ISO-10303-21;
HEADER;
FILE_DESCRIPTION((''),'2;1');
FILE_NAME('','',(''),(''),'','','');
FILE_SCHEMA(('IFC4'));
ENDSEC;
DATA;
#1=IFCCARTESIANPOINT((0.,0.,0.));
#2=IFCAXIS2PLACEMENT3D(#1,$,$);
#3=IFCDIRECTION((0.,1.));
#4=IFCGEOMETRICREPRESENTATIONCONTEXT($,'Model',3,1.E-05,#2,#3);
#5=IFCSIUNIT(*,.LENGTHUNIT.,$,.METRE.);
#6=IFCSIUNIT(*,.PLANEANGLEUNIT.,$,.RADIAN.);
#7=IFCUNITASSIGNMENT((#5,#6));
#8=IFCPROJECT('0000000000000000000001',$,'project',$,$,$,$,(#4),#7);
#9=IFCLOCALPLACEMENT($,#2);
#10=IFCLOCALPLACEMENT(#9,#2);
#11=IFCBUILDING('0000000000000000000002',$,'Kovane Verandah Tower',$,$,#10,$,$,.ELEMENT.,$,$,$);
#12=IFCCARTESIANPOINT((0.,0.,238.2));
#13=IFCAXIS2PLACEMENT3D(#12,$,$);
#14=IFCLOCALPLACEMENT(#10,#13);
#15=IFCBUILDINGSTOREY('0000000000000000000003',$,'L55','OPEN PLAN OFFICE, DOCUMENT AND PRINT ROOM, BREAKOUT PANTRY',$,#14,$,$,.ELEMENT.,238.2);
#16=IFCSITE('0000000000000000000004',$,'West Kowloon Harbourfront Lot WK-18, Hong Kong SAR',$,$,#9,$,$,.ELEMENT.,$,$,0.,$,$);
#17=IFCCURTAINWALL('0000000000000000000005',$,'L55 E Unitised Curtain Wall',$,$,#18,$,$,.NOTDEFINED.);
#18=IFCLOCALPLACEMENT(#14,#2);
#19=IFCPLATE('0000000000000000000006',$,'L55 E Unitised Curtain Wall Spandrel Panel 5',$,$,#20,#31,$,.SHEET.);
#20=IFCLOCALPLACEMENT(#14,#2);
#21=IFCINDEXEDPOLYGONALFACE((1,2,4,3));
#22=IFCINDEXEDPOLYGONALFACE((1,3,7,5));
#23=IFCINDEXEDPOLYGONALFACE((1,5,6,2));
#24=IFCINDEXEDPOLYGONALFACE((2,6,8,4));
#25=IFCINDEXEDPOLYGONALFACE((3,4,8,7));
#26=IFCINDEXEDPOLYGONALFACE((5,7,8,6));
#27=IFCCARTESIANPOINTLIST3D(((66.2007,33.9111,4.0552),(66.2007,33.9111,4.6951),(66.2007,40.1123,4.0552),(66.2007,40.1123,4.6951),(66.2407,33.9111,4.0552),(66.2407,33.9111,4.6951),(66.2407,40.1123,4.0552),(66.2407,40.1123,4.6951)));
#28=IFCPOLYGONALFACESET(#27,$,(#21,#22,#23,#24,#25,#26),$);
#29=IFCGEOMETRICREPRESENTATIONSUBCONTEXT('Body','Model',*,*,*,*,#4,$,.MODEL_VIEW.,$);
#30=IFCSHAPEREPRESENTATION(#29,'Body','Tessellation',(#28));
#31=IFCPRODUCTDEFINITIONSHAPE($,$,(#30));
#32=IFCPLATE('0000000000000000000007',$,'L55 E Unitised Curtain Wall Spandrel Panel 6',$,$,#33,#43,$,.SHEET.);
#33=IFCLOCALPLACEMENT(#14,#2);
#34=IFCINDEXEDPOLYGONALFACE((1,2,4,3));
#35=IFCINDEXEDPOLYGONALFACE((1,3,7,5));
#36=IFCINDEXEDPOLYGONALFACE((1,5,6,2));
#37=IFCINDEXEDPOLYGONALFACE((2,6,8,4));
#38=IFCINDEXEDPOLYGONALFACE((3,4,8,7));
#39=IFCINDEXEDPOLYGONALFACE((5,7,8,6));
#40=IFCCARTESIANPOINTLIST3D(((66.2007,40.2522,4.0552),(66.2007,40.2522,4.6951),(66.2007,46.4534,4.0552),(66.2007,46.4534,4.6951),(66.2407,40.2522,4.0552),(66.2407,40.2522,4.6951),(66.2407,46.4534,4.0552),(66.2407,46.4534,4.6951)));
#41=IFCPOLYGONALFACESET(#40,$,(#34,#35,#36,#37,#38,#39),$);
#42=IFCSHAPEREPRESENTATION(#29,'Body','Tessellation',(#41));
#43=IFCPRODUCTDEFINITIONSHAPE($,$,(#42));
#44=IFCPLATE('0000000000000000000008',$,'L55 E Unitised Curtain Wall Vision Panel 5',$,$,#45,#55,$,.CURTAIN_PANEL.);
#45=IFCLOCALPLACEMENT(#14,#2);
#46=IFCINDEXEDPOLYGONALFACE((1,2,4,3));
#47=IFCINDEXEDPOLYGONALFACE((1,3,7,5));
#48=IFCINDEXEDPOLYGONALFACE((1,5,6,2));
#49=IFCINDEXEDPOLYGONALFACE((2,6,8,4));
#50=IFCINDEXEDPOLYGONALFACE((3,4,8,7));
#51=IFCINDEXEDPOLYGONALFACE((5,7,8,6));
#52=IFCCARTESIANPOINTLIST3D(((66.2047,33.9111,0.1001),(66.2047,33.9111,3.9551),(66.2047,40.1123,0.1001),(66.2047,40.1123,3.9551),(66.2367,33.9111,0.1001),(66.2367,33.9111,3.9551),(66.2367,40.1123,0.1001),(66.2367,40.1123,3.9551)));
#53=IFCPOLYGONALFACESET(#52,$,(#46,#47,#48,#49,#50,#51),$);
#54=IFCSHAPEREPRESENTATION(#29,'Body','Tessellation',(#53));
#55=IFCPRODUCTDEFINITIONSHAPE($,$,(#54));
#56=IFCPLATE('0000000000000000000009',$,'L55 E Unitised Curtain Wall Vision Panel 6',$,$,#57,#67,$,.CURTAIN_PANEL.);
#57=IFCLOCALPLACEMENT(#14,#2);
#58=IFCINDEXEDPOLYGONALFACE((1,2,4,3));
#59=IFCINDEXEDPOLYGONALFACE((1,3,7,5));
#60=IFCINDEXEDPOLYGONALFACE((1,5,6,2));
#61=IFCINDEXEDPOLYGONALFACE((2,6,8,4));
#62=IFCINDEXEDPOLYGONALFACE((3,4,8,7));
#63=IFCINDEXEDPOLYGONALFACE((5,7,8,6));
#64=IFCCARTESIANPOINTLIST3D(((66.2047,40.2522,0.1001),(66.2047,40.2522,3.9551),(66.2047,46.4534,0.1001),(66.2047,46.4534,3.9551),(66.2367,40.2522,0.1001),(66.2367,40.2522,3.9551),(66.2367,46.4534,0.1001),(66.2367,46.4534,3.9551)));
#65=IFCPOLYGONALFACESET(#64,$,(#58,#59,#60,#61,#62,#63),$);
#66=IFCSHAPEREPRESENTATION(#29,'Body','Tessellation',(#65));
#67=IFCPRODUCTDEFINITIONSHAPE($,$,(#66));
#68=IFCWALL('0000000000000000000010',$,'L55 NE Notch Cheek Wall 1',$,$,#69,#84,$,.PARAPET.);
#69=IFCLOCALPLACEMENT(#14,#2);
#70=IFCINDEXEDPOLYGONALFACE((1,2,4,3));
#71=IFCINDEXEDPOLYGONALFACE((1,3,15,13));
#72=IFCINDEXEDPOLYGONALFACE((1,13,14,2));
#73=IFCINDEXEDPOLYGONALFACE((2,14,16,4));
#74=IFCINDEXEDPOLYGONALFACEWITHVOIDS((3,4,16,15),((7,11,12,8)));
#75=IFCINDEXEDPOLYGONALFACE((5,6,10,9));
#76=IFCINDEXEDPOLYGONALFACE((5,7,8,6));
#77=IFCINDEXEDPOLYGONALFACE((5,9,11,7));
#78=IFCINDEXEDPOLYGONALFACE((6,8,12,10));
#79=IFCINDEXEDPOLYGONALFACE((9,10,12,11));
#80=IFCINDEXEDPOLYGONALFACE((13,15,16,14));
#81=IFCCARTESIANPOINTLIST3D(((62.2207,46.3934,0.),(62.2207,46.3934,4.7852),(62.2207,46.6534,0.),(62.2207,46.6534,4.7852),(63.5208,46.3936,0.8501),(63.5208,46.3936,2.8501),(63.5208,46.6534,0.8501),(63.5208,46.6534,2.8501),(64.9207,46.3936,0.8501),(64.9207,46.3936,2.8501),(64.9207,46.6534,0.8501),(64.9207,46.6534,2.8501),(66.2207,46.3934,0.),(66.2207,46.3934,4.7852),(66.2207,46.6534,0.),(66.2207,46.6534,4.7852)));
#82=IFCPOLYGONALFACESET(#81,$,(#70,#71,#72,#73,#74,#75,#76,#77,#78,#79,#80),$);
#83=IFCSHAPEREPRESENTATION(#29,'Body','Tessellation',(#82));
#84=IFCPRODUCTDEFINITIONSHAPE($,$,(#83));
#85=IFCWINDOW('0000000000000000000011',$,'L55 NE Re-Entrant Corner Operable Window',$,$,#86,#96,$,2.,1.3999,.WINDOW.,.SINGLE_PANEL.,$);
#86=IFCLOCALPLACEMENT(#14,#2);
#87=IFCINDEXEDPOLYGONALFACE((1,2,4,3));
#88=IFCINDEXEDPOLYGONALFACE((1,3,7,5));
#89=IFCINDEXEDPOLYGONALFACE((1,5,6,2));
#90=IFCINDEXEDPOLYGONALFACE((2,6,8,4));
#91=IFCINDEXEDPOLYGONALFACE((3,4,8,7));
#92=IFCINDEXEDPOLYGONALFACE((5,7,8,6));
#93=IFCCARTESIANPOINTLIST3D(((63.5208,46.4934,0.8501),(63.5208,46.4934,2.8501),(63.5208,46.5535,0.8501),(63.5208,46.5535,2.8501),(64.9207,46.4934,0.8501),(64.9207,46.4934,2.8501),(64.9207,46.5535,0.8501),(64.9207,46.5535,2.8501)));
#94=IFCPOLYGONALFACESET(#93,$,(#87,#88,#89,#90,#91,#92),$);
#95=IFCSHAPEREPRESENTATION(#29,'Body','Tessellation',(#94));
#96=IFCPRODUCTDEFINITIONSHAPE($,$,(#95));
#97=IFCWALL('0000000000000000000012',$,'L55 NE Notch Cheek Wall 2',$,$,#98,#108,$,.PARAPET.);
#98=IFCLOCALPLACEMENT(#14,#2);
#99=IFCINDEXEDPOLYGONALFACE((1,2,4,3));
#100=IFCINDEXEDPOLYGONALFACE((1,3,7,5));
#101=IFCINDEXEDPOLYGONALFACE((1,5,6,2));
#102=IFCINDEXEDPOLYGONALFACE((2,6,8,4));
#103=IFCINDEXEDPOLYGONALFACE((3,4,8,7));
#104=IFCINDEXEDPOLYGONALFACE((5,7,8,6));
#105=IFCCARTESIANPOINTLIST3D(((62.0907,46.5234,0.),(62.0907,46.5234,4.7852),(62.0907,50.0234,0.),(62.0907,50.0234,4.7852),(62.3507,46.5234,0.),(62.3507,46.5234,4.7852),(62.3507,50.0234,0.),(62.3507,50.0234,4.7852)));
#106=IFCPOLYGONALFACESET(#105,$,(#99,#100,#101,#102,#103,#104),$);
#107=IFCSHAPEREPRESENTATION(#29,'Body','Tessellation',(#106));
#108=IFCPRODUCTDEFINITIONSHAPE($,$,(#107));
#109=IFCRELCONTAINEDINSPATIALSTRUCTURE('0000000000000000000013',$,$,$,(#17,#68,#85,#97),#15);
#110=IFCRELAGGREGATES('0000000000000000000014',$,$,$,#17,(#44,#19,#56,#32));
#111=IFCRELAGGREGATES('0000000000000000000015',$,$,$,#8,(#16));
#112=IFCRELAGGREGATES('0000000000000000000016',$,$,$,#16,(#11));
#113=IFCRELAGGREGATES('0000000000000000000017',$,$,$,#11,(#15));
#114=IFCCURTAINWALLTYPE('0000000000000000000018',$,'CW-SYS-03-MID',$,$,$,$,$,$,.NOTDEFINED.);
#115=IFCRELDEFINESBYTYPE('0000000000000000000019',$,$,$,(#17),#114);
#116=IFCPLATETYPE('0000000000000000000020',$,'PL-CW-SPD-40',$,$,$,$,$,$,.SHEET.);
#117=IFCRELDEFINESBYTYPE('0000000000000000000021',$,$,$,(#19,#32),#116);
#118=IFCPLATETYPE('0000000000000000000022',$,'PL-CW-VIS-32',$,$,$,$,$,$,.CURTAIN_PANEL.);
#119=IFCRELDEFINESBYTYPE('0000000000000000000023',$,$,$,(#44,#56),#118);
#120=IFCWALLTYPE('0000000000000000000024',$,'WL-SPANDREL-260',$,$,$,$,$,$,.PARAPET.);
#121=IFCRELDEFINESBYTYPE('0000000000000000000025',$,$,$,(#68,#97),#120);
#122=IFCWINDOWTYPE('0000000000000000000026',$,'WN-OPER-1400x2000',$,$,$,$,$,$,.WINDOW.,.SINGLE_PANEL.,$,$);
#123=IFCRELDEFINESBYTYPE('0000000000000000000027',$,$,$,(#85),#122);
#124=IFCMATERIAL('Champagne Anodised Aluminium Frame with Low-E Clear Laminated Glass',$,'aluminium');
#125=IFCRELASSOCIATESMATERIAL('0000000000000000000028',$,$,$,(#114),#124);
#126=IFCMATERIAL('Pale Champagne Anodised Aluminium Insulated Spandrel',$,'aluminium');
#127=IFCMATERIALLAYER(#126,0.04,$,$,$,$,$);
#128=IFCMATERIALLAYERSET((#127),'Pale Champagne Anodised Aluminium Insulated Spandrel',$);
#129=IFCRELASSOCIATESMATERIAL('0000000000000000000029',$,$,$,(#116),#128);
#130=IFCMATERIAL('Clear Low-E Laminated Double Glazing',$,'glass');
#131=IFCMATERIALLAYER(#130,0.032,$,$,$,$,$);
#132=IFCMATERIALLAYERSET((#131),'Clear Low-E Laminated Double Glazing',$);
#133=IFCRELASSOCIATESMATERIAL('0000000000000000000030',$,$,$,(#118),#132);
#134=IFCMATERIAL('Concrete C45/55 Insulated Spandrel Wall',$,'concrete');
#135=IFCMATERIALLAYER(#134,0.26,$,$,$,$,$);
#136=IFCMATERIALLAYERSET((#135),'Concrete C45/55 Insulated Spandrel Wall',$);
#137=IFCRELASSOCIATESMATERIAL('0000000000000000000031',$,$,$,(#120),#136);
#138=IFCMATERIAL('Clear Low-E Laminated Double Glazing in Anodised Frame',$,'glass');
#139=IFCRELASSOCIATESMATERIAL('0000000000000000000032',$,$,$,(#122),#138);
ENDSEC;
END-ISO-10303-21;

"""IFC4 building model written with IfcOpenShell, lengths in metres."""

from ifc_helpers import new_model, si_unit, direction, frame, frame_2d, origin, origin_2d, place, context, subcontext, project, spatial, rectangle, extrude, material, layer, layer_set, type_object, element, fill, aggregate, save


model = new_model("IFC4")

# Units and contexts
model_context = context("Model", 3, precision=1e-05, world=origin(), true_north=direction((0.0, 1.0)))
body_context = subcontext(model_context, "Body", "Model", "MODEL_VIEW")
ifc_project = project(units=[si_unit("LENGTHUNIT", "METRE"), si_unit("PLANEANGLEUNIT", "RADIAN")], contexts=[model_context])

# Site, building, storey
site_placement = place(None, origin())
site = spatial("IfcSite", under=ifc_project, at=site_placement, Name="West Kowloon Harbourfront Lot WK-18, Hong Kong SAR", CompositionType="ELEMENT", RefElevation=0.0)
building_placement = place(site_placement, origin())
building = spatial("IfcBuilding", under=site, at=building_placement, Name="Kovane Verandah Tower", CompositionType="ELEMENT")
storey_placement = place(building_placement, frame((0.0, 0.0, 238.2)))
storey = spatial("IfcBuildingStorey", under=building, at=storey_placement, Name="L55", Description="OPEN PLAN OFFICE, DOCUMENT AND PRINT ROOM, BREAKOUT PANTRY", CompositionType="ELEMENT", Elevation=238.2)

# Curtain wall
ifc_material_1 = material(Name="Champagne Anodised Aluminium Frame with Low-E Clear Laminated Glass", Category="aluminium")
curtain_wall_type = type_object("IfcCurtainWallType", Name="CW-SYS-03-MID", PredefinedType="NOTDEFINED", material=ifc_material_1)
curtain_wall_placement = place(storey_placement, origin())
curtain_wall = element("IfcCurtainWall", 1, at=curtain_wall_placement, inside=storey, type_object=curtain_wall_type, Name="L55 E Unitised Curtain Wall", PredefinedType="NOTDEFINED")

# Plates
ifc_material_2 = material(Name="Pale Champagne Anodised Aluminium Insulated Spandrel", Category="aluminium")
ifc_layer_1 = layer(ifc_material_2, 0.04)
ifc_layer_set_1 = layer_set([ifc_layer_1], Name="Pale Champagne Anodised Aluminium Insulated Spandrel")
plate_type_1 = type_object("IfcPlateType", Name="PL-CW-SPD-40", PredefinedType="SHEET", material=ifc_layer_set_1)
plate_1_placement = place(storey_placement, frame((66.2207, 37.0117, 4.0552), z_axis=(0.0, 0.0, 1.0), x_axis=(0.0, 1.0, 0.0)))
plate_1 = element("IfcPlate", 2, at=plate_1_placement, type_object=plate_type_1, Name="L55 E Unitised Curtain Wall Spandrel Panel 5", PredefinedType="SHEET", context=body_context, shape_type="SweptSolid", body=[
    extrude(rectangle(XDim=6.2012, YDim=0.04, at=origin_2d()), origin(), (0.0, 0.0, 1.0), 0.6399),
])
plate_2_placement = place(storey_placement, frame((66.2207, 43.3528, 4.0552), z_axis=(0.0, 0.0, 1.0), x_axis=(0.0, 1.0, 0.0)))
plate_2 = element("IfcPlate", 3, at=plate_2_placement, type_object=plate_type_1, Name="L55 E Unitised Curtain Wall Spandrel Panel 6", PredefinedType="SHEET", context=body_context, shape_type="SweptSolid", body=[
    extrude(rectangle(XDim=6.2012, YDim=0.04, at=origin_2d()), origin(), (0.0, 0.0, 1.0), 0.6399),
])
ifc_material_3 = material(Name="Clear Low-E Laminated Double Glazing", Category="glass")
ifc_layer_2 = layer(ifc_material_3, 0.032)
ifc_layer_set_2 = layer_set([ifc_layer_2], Name="Clear Low-E Laminated Double Glazing")
plate_type_2 = type_object("IfcPlateType", Name="PL-CW-VIS-32", PredefinedType="CURTAIN_PANEL", material=ifc_layer_set_2)
plate_3_placement = place(storey_placement, frame((66.2207, 37.0117, 0.1001), z_axis=(0.0, 0.0, 1.0), x_axis=(0.0, 1.0, 0.0)))
plate_3 = element("IfcPlate", 4, at=plate_3_placement, type_object=plate_type_2, Name="L55 E Unitised Curtain Wall Vision Panel 5", PredefinedType="CURTAIN_PANEL", context=body_context, shape_type="SweptSolid", body=[
    extrude(rectangle(XDim=6.2012, YDim=0.032, at=origin_2d()), origin(), (0.0, 0.0, 1.0), 3.855),
])
plate_4_placement = place(storey_placement, frame((66.2207, 43.3528, 0.1001), z_axis=(0.0, 0.0, 1.0), x_axis=(0.0, 1.0, 0.0)))
plate_4 = element("IfcPlate", 5, at=plate_4_placement, type_object=plate_type_2, Name="L55 E Unitised Curtain Wall Vision Panel 6", PredefinedType="CURTAIN_PANEL", context=body_context, shape_type="SweptSolid", body=[
    extrude(rectangle(XDim=6.2012, YDim=0.032, at=origin_2d()), origin(), (0.0, 0.0, 1.0), 3.855),
])
aggregate(curtain_wall, [plate_3, plate_1, plate_4, plate_2])

# Shared definitions
ifc_material_4 = material(Name="Concrete C45/55 Insulated Spandrel Wall", Category="concrete")
ifc_layer_3 = layer(ifc_material_4, 0.26)
ifc_layer_set_3 = layer_set([ifc_layer_3], Name="Concrete C45/55 Insulated Spandrel Wall")
wall_type = type_object("IfcWallType", Name="WL-SPANDREL-260", PredefinedType="PARAPET", material=ifc_layer_set_3)
ifc_material_5 = material(Name="Clear Low-E Laminated Double Glazing in Anodised Frame", Category="glass")

# Wall, opening, window
wall_1_placement = place(storey_placement, frame((66.2207, 46.5234, 0.0), z_axis=(0.0, 0.0, 1.0), x_axis=(-1.0, 0.0, 0.0)))
wall_1 = element("IfcWall", 6, at=wall_1_placement, inside=storey, type_object=wall_type, Name="L55 NE Notch Cheek Wall 1", PredefinedType="PARAPET", context=body_context, shape_type="SweptSolid", body=[
    extrude(rectangle(XDim=4.0, YDim=0.26, at=frame_2d((2.0, 0.0))), origin(), (0.0, 0.0, 1.0), 4.7852),
])
opening_1_placement = place(wall_1_placement, frame((1.3, 0.0, 0.8501)))
opening_1 = element("IfcOpeningElement", 7, at=opening_1_placement, cuts=wall_1, PredefinedType="OPENING", context=body_context, shape_type="SweptSolid", body=[
    extrude(rectangle(XDim=1.3999, YDim=2.0, at=frame_2d((0.7, 1.0))), frame((0.0, 0.1299, 0.0), z_axis=(0.0, -1.0, 0.0), x_axis=(1.0, 0.0, 0.0)), (0.0, 0.0, 1.0), 0.26),
])
window_type_1 = type_object("IfcWindowType", Name="WN-OPER-1400x2000", PartitioningType="SINGLE_PANEL", PredefinedType="WINDOW", material=ifc_material_5)
window_1_placement = place(opening_1_placement, origin())
window_1 = element("IfcWindow", 8, at=window_1_placement, inside=storey, type_object=window_type_1, Name="L55 NE Re-Entrant Corner Operable Window", OverallHeight=2.0, OverallWidth=1.3999, PartitioningType="SINGLE_PANEL", PredefinedType="WINDOW", context=body_context, shape_type="SweptSolid", body=[
    extrude(rectangle(XDim=1.3999, YDim=2.0, at=frame_2d((0.7, 1.0))), frame((0.0, 0.03, 0.0), z_axis=(0.0, -1.0, 0.0), x_axis=(1.0, 0.0, 0.0)), (0.0, 0.0, 1.0), 0.0601),
])
fill(opening_1, window_1)

# Wall
wall_2_placement = place(storey_placement, frame((62.2207, 46.5234, 0.0), z_axis=(0.0, 0.0, 1.0), x_axis=(0.0, 1.0, 0.0)))
element("IfcWall", 9, at=wall_2_placement, inside=storey, type_object=wall_type, Name="L55 NE Notch Cheek Wall 2", PredefinedType="PARAPET", context=body_context, shape_type="SweptSolid", body=[
    extrude(rectangle(XDim=3.5, YDim=0.26, at=frame_2d((1.75, 0.0))), origin(), (0.0, 0.0, 1.0), 4.7852),
])

save(model, "model.ifc")
